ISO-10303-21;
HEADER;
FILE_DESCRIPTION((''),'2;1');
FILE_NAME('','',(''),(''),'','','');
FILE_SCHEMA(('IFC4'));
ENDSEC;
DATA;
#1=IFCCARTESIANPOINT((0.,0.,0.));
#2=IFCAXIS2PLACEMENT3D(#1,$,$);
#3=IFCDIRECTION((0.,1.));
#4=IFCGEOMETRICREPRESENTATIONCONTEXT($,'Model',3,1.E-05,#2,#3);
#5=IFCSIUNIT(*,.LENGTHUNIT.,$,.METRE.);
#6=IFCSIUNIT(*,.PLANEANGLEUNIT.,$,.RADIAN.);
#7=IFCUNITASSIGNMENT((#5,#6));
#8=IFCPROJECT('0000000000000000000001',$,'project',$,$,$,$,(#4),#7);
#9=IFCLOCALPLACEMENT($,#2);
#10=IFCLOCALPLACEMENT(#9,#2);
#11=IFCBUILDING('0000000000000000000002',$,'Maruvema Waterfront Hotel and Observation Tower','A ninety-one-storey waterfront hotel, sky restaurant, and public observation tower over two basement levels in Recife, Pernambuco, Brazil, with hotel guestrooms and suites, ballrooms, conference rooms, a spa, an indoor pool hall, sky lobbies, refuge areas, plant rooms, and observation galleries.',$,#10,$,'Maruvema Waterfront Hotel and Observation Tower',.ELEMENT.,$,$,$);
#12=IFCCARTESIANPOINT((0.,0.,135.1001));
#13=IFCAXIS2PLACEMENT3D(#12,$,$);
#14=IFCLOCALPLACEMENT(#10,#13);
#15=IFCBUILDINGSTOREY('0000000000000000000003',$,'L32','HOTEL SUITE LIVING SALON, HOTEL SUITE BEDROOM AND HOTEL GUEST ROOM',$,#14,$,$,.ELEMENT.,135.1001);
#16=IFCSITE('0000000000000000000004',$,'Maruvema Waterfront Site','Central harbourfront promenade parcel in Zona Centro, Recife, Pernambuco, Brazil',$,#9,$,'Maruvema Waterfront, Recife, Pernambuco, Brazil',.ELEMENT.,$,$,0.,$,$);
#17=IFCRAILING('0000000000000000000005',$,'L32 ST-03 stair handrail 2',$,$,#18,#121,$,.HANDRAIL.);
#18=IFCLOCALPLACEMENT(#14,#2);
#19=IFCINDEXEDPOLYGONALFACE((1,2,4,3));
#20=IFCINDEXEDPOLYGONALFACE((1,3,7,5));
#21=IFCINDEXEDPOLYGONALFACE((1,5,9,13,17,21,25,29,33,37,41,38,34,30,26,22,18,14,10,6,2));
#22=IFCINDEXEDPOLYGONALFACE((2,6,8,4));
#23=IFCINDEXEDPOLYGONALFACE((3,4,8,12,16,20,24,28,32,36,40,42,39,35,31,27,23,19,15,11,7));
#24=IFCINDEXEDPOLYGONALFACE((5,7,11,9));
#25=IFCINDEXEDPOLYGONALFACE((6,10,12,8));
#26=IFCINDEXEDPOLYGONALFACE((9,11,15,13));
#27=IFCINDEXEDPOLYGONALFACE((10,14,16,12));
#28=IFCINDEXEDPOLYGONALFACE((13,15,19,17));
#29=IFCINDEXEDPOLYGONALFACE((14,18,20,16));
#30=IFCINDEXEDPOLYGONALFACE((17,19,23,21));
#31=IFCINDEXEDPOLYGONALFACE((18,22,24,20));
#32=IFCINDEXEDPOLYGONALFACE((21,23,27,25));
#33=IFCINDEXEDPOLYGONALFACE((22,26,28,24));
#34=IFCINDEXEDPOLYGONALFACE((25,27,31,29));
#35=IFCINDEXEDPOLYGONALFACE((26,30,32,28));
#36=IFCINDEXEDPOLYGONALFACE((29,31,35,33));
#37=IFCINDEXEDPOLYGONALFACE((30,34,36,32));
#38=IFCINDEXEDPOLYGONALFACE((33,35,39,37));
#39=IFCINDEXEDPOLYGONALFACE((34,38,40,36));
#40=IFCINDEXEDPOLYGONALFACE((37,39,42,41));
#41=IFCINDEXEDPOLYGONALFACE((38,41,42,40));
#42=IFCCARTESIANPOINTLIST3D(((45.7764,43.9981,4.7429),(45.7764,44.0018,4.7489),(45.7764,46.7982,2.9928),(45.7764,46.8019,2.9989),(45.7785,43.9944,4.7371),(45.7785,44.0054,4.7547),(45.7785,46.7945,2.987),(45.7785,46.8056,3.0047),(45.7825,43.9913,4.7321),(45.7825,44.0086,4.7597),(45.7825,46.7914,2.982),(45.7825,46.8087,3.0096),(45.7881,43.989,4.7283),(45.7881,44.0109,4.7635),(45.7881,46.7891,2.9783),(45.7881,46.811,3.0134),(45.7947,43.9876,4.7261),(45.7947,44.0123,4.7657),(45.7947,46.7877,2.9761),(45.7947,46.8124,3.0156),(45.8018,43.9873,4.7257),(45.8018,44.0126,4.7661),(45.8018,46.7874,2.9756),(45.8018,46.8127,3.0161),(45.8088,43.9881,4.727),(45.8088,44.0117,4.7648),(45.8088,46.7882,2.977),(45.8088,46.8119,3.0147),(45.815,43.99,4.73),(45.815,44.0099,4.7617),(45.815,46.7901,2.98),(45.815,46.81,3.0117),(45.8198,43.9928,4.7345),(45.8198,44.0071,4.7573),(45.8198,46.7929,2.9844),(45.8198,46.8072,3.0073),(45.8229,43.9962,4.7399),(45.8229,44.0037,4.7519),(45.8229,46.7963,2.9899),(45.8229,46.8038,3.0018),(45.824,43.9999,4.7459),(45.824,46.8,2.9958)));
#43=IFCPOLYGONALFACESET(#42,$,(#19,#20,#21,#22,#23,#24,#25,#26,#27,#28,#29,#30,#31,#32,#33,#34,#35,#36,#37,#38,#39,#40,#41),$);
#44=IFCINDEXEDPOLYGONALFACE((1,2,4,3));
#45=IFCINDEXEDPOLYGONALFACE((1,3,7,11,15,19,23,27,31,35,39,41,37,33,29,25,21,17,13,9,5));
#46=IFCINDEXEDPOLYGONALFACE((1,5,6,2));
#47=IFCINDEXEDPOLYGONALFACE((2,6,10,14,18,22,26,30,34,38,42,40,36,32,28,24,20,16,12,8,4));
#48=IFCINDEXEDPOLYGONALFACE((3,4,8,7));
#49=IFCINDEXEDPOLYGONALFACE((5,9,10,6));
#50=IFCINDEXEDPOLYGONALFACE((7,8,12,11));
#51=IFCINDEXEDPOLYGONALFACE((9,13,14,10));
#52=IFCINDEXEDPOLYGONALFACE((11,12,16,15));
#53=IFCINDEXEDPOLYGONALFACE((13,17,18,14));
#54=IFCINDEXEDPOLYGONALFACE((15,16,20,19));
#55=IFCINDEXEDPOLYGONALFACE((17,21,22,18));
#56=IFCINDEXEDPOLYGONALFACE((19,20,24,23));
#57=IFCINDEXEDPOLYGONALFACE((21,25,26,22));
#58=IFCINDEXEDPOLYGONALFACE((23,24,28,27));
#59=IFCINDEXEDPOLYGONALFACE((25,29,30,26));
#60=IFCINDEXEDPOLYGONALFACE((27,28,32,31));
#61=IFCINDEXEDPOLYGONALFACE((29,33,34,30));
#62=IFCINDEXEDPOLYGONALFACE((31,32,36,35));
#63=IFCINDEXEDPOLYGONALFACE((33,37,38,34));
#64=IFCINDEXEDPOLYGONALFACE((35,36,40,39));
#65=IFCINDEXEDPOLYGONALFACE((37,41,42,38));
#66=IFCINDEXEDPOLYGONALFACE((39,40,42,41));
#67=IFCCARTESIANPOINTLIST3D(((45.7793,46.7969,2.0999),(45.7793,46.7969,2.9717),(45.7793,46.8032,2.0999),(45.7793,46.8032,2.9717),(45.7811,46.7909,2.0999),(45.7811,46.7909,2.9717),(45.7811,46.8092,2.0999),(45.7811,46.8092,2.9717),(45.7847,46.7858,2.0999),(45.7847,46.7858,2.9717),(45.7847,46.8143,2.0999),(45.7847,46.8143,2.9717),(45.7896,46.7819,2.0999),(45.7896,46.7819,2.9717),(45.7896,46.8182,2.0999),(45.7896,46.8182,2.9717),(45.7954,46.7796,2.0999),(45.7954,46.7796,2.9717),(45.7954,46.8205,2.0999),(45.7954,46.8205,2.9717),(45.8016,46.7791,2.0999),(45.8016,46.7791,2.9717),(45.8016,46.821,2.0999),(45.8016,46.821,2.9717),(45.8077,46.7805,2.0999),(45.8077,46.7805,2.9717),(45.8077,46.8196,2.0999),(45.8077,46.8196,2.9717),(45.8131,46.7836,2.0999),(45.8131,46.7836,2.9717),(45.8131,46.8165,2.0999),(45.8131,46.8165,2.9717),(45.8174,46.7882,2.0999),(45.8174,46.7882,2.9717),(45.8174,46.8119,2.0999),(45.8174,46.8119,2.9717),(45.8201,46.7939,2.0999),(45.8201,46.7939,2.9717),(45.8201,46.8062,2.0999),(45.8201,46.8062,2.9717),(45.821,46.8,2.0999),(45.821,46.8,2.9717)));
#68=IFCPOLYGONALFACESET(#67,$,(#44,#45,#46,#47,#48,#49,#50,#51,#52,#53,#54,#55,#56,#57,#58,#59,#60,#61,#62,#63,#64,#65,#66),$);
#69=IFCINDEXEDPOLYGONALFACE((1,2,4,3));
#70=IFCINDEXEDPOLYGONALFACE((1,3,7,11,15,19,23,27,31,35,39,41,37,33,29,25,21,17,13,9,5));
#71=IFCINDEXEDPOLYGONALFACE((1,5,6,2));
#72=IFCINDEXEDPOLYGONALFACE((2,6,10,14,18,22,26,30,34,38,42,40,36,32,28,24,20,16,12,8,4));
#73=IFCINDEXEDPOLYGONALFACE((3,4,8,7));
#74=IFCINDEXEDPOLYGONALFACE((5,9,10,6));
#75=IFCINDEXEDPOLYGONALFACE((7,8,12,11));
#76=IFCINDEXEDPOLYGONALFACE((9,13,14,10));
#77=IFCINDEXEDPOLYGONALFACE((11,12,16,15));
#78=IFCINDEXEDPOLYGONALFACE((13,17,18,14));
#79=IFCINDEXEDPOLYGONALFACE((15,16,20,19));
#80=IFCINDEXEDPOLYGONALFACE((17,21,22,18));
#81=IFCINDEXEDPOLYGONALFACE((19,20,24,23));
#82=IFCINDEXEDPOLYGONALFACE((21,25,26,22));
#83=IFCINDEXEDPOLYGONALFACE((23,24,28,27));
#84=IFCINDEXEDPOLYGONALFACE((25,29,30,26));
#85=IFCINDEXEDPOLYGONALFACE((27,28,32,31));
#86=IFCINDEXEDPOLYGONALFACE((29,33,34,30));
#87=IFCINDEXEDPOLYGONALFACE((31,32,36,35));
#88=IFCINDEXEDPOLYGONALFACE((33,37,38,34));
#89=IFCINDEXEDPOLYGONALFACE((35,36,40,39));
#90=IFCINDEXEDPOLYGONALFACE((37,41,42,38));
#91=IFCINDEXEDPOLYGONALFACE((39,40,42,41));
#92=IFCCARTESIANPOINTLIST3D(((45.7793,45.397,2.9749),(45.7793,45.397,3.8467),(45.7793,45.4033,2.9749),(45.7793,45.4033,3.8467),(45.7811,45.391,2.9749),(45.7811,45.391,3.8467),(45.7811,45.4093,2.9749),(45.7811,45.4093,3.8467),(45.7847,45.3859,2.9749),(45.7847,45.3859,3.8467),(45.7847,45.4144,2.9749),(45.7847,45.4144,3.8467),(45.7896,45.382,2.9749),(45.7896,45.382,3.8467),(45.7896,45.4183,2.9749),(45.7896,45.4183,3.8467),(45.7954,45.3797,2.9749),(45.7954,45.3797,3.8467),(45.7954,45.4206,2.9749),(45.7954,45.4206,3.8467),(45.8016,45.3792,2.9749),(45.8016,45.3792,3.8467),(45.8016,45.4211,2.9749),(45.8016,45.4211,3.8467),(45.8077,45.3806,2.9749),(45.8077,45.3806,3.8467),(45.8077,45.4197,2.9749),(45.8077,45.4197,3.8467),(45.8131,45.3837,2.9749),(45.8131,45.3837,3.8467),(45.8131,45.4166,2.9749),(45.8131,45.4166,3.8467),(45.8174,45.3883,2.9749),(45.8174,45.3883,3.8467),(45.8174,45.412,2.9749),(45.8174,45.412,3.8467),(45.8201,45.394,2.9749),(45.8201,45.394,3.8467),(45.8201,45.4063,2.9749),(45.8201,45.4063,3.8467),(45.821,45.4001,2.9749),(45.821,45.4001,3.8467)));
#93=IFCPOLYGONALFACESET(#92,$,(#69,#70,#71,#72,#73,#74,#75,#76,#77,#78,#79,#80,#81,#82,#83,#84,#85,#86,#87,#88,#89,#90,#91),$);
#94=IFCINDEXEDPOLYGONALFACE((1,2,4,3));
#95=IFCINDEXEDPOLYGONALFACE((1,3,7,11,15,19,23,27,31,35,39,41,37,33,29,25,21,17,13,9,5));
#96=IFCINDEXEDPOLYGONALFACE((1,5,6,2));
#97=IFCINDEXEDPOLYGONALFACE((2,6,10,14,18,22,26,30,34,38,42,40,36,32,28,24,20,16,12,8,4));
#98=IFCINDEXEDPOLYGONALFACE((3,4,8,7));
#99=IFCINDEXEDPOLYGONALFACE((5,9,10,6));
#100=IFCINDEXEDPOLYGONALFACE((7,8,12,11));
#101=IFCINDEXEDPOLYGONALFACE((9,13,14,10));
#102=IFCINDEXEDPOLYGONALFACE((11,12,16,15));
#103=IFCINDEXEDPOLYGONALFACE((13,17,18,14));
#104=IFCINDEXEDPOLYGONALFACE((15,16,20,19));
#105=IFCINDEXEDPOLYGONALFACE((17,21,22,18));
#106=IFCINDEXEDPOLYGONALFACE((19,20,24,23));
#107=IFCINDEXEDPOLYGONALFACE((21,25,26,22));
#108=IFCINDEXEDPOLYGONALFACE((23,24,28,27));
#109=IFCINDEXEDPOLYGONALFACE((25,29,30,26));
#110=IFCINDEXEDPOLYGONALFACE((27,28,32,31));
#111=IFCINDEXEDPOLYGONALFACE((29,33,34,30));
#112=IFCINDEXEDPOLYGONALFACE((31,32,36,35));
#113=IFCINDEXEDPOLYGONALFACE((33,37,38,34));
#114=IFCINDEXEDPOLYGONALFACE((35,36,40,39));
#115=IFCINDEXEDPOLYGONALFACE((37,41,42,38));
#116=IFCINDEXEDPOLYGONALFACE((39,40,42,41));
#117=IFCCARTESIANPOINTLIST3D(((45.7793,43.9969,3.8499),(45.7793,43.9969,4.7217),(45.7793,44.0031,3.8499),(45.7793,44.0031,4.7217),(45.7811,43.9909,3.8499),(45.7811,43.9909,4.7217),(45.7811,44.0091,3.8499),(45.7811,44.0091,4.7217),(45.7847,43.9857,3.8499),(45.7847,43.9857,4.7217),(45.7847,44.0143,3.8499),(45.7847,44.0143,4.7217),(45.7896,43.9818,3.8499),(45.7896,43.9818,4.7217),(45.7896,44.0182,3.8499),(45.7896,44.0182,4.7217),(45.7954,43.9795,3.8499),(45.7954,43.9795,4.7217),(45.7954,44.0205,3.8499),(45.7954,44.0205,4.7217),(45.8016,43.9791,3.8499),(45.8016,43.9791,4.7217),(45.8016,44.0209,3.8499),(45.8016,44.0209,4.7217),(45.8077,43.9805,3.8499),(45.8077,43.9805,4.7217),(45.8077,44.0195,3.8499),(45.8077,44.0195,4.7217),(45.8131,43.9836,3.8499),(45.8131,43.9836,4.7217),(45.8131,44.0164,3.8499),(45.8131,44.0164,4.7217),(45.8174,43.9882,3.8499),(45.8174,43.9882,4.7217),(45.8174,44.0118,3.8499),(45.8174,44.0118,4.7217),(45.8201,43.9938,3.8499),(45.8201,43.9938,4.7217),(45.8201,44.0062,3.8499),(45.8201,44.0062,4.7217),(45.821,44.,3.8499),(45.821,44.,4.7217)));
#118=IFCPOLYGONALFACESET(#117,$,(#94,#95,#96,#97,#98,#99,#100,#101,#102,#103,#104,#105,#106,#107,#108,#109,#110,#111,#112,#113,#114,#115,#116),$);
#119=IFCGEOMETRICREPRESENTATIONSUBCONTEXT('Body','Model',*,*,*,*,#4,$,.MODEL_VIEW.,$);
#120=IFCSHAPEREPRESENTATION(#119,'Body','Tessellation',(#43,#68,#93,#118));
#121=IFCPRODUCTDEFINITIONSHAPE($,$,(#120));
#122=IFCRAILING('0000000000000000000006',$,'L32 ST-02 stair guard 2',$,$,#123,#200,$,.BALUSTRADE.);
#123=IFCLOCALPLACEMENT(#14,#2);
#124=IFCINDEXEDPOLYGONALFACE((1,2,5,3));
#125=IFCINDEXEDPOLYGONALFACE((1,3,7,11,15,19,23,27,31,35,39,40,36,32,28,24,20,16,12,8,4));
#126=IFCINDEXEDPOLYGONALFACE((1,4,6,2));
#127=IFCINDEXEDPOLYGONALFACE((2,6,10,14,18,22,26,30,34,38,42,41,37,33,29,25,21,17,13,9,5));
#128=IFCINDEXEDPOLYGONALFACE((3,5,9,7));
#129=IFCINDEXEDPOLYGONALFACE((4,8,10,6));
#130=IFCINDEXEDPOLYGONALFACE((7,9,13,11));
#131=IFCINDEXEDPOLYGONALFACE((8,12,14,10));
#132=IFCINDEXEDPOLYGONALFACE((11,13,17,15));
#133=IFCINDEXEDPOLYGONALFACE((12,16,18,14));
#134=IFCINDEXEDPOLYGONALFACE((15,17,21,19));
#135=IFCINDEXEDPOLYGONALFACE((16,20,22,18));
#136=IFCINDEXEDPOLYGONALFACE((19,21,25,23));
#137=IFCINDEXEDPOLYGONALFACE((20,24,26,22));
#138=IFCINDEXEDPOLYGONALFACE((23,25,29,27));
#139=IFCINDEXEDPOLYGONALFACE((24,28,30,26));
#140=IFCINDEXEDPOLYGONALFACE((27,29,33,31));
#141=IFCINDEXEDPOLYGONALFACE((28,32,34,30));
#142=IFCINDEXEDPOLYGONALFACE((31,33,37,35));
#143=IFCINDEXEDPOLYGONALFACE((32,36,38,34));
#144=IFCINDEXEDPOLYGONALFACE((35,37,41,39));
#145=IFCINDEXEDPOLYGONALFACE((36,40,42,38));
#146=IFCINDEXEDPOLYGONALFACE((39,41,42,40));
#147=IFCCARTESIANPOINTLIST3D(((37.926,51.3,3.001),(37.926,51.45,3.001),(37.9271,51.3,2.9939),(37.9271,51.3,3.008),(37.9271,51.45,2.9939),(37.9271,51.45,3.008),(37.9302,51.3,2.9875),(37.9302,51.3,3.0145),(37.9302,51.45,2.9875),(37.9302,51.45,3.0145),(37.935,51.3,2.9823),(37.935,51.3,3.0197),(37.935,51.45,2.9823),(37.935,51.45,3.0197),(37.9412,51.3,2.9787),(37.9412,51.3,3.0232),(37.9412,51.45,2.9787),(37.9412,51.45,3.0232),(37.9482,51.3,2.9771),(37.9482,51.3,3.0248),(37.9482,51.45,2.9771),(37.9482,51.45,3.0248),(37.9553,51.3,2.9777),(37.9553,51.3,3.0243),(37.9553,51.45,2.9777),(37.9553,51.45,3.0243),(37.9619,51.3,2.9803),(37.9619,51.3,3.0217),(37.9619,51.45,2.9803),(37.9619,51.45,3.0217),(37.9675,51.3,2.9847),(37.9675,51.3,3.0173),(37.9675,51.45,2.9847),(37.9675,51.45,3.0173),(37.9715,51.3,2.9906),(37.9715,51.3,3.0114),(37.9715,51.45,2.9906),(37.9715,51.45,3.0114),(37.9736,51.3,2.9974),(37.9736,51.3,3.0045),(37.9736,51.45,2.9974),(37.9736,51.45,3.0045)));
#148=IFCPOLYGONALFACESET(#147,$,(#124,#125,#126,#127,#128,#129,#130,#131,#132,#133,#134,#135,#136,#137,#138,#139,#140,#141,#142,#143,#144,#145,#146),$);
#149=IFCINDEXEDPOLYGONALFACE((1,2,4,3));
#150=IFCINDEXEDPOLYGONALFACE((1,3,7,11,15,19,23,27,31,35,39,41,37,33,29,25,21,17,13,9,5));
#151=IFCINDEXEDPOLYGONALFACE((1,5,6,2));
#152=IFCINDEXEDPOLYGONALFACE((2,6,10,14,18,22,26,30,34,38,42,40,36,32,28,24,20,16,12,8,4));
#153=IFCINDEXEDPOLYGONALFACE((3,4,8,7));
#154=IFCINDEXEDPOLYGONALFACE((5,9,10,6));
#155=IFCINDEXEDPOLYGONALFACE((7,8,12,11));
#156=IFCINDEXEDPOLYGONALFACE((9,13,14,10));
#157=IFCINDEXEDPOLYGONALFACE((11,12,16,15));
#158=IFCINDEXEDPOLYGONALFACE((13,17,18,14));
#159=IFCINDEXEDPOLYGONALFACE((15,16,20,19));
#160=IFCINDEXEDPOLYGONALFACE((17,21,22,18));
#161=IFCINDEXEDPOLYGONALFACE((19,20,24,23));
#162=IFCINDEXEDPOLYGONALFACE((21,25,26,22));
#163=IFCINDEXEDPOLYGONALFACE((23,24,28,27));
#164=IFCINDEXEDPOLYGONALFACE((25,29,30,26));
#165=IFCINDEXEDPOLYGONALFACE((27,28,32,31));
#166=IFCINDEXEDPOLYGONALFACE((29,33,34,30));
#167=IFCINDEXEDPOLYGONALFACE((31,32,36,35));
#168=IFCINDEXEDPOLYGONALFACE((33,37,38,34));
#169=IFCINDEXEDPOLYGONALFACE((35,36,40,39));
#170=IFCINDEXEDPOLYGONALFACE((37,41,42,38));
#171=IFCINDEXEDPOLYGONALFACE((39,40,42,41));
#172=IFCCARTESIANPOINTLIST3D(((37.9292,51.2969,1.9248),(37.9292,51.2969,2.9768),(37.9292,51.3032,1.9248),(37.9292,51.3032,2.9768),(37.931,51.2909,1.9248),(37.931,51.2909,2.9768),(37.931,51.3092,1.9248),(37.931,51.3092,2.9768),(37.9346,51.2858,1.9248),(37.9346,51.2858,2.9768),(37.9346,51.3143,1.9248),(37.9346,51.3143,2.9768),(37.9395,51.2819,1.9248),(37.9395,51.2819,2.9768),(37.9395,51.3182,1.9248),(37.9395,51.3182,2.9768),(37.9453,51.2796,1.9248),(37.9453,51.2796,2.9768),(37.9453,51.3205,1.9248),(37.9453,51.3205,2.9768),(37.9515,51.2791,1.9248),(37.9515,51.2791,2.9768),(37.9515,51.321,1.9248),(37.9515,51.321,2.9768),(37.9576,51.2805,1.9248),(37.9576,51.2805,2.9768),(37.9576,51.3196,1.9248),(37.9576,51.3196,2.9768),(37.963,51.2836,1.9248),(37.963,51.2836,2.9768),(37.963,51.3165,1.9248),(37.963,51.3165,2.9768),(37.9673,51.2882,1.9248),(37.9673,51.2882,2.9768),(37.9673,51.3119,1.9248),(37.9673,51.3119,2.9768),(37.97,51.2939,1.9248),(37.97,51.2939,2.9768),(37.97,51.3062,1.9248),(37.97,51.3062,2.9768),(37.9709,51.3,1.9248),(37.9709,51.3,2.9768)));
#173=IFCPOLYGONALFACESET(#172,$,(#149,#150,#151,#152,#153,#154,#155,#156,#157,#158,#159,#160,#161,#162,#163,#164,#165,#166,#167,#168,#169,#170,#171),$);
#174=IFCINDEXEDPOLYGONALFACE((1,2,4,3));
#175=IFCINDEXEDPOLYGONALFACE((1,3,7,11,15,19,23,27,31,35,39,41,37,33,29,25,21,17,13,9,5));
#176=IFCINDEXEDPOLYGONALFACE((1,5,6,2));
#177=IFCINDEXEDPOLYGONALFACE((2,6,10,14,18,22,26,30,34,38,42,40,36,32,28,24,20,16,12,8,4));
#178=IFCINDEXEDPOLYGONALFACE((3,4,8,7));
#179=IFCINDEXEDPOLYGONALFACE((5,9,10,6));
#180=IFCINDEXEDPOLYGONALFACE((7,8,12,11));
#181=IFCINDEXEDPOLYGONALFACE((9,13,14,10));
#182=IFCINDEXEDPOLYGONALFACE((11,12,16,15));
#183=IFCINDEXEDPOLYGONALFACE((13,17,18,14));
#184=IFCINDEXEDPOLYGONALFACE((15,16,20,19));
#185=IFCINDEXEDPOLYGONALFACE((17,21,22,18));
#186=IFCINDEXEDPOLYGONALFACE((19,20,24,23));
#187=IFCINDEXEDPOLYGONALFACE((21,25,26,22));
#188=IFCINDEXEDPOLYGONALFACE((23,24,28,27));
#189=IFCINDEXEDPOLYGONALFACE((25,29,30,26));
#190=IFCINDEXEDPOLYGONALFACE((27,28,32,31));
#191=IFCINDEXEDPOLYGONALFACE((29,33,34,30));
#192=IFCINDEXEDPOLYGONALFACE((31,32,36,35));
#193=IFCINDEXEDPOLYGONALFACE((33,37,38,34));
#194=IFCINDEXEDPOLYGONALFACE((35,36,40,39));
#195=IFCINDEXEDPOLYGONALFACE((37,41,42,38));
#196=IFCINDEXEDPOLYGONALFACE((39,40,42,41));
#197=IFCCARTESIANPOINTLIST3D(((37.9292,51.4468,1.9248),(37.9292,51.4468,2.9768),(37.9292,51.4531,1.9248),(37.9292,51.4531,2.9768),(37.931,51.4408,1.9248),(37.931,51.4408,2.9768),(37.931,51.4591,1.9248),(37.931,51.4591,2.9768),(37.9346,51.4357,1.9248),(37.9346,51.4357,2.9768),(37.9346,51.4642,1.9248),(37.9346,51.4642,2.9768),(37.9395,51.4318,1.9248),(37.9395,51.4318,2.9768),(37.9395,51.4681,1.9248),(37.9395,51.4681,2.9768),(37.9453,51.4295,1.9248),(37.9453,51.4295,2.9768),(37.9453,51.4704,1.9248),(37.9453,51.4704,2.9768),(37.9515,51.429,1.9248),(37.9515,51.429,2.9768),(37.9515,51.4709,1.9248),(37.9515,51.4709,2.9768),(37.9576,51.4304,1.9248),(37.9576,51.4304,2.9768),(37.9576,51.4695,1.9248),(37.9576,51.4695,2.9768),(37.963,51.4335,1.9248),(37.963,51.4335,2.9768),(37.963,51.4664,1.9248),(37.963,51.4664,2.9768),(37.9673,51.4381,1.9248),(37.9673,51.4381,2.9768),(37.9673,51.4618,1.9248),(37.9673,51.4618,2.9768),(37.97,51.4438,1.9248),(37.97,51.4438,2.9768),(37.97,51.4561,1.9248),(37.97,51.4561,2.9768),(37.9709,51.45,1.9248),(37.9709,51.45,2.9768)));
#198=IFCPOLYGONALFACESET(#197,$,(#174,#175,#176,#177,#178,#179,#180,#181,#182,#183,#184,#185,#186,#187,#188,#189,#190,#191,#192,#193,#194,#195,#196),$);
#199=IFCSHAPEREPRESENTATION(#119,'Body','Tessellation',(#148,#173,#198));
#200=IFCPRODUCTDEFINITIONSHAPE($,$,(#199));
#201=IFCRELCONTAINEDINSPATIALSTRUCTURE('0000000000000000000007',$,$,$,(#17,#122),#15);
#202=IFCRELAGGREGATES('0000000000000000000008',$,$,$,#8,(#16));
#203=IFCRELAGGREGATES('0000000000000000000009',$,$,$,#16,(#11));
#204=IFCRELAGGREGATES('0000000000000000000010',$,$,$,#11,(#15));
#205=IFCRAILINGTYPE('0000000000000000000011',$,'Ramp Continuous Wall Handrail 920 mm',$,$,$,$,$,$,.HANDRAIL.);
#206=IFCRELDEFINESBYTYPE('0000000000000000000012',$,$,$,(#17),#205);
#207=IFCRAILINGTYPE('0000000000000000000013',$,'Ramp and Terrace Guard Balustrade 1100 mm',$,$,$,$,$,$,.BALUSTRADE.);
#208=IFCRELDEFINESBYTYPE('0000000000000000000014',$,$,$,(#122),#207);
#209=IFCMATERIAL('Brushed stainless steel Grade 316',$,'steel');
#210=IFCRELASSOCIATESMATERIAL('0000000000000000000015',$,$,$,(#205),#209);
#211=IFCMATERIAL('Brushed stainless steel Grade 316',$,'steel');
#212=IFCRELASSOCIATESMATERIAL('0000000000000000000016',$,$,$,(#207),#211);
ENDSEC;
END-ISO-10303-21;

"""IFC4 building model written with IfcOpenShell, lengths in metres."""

from ifc_helpers import new_model, si_unit, direction, frame, origin, origin_2d, place, context, subcontext, project, spatial, circle, extrude, material, type_object, element, save


model = new_model("IFC4")

# Units and contexts
model_context = context("Model", 3, precision=1e-05, world=origin(), true_north=direction((0.0, 1.0)))
body_context = subcontext(model_context, "Body", "Model", "MODEL_VIEW")
ifc_project = project(units=[si_unit("LENGTHUNIT", "METRE"), si_unit("PLANEANGLEUNIT", "RADIAN")], contexts=[model_context])

# Site, building, storey
site_placement = place(None, origin())
site = spatial("IfcSite", under=ifc_project, at=site_placement, Name="Maruvema Waterfront Site", Description="Central harbourfront promenade parcel in Zona Centro, Recife, Pernambuco, Brazil", LongName="Maruvema Waterfront, Recife, Pernambuco, Brazil", CompositionType="ELEMENT", RefElevation=0.0)
building_placement = place(site_placement, origin())
building = spatial("IfcBuilding", under=site, at=building_placement, Name="Maruvema Waterfront Hotel and Observation Tower", Description="A ninety-one-storey waterfront hotel, sky restaurant, and public observation tower over two basement levels in Recife, Pernambuco, Brazil, with hotel guestrooms and suites, ballrooms, conference rooms, a spa, an indoor pool hall, sky lobbies, refuge areas, plant rooms, and observation galleries.", LongName="Maruvema Waterfront Hotel and Observation Tower", CompositionType="ELEMENT")
storey_placement = place(building_placement, frame((0.0, 0.0, 135.1001)))
storey = spatial("IfcBuildingStorey", under=building, at=storey_placement, Name="L32", Description="HOTEL SUITE LIVING SALON, HOTEL SUITE BEDROOM AND HOTEL GUEST ROOM", CompositionType="ELEMENT", Elevation=135.1001)

# Railings
ifc_material_1 = material(Name="Brushed stainless steel Grade 316", Category="steel")
railing_type_1 = type_object("IfcRailingType", Name="Ramp Continuous Wall Handrail 920 mm", PredefinedType="HANDRAIL", material=ifc_material_1)
railing_1_placement = place(storey_placement, frame((45.8, 46.8, 2.0999)))
element("IfcRailing", 1, at=railing_1_placement, inside=storey, type_object=railing_type_1, Name="L32 ST-03 stair handrail 2", PredefinedType="HANDRAIL", context=body_context, shape_type="SweptSolid", body=[
    extrude(circle(Radius=0.0239, at=origin_2d()), frame((0.0, 0.0, 0.896), z_axis=(0.0, -0.848002, 0.529992), x_axis=(1.0, 0.0, 0.0)), (0.0, 0.0, 1.0), 3.302),
    extrude(circle(Radius=0.021, at=origin_2d()), origin(), (0.0, 0.0, 1.0), 0.8718),
    extrude(circle(Radius=0.021, at=origin_2d()), frame((0.0, -1.3999, 0.875)), (0.0, 0.0, 1.0), 0.8718),
    extrude(circle(Radius=0.021, at=origin_2d()), frame((0.0, -2.8, 1.75)), (0.0, 0.0, 1.0), 0.8718),
])
ifc_material_2 = material(Name="Brushed stainless steel Grade 316", Category="steel")
railing_type_2 = type_object("IfcRailingType", Name="Ramp and Terrace Guard Balustrade 1100 mm", PredefinedType="BALUSTRADE", material=ifc_material_2)
railing_2_placement = place(storey_placement, frame((37.95, 51.3, 1.9248)))
element("IfcRailing", 2, at=railing_2_placement, inside=storey, type_object=railing_type_2, Name="L32 ST-02 stair guard 2", PredefinedType="BALUSTRADE", context=body_context, shape_type="SweptSolid", body=[
    extrude(circle(Radius=0.0239, at=origin_2d()), frame((0.0, 0.0, 1.0762), z_axis=(0.0, 1.0, 0.0), x_axis=(-1.0, 0.0, 0.0)), (0.0, 0.0, 1.0), 0.1499),
    extrude(circle(Radius=0.021, at=origin_2d()), origin(), (0.0, 0.0, 1.0), 1.052),
    extrude(circle(Radius=0.021, at=origin_2d()), frame((0.0, 0.1499, 0.0)), (0.0, 0.0, 1.0), 1.052),
])

save(model, "model.ifc")
